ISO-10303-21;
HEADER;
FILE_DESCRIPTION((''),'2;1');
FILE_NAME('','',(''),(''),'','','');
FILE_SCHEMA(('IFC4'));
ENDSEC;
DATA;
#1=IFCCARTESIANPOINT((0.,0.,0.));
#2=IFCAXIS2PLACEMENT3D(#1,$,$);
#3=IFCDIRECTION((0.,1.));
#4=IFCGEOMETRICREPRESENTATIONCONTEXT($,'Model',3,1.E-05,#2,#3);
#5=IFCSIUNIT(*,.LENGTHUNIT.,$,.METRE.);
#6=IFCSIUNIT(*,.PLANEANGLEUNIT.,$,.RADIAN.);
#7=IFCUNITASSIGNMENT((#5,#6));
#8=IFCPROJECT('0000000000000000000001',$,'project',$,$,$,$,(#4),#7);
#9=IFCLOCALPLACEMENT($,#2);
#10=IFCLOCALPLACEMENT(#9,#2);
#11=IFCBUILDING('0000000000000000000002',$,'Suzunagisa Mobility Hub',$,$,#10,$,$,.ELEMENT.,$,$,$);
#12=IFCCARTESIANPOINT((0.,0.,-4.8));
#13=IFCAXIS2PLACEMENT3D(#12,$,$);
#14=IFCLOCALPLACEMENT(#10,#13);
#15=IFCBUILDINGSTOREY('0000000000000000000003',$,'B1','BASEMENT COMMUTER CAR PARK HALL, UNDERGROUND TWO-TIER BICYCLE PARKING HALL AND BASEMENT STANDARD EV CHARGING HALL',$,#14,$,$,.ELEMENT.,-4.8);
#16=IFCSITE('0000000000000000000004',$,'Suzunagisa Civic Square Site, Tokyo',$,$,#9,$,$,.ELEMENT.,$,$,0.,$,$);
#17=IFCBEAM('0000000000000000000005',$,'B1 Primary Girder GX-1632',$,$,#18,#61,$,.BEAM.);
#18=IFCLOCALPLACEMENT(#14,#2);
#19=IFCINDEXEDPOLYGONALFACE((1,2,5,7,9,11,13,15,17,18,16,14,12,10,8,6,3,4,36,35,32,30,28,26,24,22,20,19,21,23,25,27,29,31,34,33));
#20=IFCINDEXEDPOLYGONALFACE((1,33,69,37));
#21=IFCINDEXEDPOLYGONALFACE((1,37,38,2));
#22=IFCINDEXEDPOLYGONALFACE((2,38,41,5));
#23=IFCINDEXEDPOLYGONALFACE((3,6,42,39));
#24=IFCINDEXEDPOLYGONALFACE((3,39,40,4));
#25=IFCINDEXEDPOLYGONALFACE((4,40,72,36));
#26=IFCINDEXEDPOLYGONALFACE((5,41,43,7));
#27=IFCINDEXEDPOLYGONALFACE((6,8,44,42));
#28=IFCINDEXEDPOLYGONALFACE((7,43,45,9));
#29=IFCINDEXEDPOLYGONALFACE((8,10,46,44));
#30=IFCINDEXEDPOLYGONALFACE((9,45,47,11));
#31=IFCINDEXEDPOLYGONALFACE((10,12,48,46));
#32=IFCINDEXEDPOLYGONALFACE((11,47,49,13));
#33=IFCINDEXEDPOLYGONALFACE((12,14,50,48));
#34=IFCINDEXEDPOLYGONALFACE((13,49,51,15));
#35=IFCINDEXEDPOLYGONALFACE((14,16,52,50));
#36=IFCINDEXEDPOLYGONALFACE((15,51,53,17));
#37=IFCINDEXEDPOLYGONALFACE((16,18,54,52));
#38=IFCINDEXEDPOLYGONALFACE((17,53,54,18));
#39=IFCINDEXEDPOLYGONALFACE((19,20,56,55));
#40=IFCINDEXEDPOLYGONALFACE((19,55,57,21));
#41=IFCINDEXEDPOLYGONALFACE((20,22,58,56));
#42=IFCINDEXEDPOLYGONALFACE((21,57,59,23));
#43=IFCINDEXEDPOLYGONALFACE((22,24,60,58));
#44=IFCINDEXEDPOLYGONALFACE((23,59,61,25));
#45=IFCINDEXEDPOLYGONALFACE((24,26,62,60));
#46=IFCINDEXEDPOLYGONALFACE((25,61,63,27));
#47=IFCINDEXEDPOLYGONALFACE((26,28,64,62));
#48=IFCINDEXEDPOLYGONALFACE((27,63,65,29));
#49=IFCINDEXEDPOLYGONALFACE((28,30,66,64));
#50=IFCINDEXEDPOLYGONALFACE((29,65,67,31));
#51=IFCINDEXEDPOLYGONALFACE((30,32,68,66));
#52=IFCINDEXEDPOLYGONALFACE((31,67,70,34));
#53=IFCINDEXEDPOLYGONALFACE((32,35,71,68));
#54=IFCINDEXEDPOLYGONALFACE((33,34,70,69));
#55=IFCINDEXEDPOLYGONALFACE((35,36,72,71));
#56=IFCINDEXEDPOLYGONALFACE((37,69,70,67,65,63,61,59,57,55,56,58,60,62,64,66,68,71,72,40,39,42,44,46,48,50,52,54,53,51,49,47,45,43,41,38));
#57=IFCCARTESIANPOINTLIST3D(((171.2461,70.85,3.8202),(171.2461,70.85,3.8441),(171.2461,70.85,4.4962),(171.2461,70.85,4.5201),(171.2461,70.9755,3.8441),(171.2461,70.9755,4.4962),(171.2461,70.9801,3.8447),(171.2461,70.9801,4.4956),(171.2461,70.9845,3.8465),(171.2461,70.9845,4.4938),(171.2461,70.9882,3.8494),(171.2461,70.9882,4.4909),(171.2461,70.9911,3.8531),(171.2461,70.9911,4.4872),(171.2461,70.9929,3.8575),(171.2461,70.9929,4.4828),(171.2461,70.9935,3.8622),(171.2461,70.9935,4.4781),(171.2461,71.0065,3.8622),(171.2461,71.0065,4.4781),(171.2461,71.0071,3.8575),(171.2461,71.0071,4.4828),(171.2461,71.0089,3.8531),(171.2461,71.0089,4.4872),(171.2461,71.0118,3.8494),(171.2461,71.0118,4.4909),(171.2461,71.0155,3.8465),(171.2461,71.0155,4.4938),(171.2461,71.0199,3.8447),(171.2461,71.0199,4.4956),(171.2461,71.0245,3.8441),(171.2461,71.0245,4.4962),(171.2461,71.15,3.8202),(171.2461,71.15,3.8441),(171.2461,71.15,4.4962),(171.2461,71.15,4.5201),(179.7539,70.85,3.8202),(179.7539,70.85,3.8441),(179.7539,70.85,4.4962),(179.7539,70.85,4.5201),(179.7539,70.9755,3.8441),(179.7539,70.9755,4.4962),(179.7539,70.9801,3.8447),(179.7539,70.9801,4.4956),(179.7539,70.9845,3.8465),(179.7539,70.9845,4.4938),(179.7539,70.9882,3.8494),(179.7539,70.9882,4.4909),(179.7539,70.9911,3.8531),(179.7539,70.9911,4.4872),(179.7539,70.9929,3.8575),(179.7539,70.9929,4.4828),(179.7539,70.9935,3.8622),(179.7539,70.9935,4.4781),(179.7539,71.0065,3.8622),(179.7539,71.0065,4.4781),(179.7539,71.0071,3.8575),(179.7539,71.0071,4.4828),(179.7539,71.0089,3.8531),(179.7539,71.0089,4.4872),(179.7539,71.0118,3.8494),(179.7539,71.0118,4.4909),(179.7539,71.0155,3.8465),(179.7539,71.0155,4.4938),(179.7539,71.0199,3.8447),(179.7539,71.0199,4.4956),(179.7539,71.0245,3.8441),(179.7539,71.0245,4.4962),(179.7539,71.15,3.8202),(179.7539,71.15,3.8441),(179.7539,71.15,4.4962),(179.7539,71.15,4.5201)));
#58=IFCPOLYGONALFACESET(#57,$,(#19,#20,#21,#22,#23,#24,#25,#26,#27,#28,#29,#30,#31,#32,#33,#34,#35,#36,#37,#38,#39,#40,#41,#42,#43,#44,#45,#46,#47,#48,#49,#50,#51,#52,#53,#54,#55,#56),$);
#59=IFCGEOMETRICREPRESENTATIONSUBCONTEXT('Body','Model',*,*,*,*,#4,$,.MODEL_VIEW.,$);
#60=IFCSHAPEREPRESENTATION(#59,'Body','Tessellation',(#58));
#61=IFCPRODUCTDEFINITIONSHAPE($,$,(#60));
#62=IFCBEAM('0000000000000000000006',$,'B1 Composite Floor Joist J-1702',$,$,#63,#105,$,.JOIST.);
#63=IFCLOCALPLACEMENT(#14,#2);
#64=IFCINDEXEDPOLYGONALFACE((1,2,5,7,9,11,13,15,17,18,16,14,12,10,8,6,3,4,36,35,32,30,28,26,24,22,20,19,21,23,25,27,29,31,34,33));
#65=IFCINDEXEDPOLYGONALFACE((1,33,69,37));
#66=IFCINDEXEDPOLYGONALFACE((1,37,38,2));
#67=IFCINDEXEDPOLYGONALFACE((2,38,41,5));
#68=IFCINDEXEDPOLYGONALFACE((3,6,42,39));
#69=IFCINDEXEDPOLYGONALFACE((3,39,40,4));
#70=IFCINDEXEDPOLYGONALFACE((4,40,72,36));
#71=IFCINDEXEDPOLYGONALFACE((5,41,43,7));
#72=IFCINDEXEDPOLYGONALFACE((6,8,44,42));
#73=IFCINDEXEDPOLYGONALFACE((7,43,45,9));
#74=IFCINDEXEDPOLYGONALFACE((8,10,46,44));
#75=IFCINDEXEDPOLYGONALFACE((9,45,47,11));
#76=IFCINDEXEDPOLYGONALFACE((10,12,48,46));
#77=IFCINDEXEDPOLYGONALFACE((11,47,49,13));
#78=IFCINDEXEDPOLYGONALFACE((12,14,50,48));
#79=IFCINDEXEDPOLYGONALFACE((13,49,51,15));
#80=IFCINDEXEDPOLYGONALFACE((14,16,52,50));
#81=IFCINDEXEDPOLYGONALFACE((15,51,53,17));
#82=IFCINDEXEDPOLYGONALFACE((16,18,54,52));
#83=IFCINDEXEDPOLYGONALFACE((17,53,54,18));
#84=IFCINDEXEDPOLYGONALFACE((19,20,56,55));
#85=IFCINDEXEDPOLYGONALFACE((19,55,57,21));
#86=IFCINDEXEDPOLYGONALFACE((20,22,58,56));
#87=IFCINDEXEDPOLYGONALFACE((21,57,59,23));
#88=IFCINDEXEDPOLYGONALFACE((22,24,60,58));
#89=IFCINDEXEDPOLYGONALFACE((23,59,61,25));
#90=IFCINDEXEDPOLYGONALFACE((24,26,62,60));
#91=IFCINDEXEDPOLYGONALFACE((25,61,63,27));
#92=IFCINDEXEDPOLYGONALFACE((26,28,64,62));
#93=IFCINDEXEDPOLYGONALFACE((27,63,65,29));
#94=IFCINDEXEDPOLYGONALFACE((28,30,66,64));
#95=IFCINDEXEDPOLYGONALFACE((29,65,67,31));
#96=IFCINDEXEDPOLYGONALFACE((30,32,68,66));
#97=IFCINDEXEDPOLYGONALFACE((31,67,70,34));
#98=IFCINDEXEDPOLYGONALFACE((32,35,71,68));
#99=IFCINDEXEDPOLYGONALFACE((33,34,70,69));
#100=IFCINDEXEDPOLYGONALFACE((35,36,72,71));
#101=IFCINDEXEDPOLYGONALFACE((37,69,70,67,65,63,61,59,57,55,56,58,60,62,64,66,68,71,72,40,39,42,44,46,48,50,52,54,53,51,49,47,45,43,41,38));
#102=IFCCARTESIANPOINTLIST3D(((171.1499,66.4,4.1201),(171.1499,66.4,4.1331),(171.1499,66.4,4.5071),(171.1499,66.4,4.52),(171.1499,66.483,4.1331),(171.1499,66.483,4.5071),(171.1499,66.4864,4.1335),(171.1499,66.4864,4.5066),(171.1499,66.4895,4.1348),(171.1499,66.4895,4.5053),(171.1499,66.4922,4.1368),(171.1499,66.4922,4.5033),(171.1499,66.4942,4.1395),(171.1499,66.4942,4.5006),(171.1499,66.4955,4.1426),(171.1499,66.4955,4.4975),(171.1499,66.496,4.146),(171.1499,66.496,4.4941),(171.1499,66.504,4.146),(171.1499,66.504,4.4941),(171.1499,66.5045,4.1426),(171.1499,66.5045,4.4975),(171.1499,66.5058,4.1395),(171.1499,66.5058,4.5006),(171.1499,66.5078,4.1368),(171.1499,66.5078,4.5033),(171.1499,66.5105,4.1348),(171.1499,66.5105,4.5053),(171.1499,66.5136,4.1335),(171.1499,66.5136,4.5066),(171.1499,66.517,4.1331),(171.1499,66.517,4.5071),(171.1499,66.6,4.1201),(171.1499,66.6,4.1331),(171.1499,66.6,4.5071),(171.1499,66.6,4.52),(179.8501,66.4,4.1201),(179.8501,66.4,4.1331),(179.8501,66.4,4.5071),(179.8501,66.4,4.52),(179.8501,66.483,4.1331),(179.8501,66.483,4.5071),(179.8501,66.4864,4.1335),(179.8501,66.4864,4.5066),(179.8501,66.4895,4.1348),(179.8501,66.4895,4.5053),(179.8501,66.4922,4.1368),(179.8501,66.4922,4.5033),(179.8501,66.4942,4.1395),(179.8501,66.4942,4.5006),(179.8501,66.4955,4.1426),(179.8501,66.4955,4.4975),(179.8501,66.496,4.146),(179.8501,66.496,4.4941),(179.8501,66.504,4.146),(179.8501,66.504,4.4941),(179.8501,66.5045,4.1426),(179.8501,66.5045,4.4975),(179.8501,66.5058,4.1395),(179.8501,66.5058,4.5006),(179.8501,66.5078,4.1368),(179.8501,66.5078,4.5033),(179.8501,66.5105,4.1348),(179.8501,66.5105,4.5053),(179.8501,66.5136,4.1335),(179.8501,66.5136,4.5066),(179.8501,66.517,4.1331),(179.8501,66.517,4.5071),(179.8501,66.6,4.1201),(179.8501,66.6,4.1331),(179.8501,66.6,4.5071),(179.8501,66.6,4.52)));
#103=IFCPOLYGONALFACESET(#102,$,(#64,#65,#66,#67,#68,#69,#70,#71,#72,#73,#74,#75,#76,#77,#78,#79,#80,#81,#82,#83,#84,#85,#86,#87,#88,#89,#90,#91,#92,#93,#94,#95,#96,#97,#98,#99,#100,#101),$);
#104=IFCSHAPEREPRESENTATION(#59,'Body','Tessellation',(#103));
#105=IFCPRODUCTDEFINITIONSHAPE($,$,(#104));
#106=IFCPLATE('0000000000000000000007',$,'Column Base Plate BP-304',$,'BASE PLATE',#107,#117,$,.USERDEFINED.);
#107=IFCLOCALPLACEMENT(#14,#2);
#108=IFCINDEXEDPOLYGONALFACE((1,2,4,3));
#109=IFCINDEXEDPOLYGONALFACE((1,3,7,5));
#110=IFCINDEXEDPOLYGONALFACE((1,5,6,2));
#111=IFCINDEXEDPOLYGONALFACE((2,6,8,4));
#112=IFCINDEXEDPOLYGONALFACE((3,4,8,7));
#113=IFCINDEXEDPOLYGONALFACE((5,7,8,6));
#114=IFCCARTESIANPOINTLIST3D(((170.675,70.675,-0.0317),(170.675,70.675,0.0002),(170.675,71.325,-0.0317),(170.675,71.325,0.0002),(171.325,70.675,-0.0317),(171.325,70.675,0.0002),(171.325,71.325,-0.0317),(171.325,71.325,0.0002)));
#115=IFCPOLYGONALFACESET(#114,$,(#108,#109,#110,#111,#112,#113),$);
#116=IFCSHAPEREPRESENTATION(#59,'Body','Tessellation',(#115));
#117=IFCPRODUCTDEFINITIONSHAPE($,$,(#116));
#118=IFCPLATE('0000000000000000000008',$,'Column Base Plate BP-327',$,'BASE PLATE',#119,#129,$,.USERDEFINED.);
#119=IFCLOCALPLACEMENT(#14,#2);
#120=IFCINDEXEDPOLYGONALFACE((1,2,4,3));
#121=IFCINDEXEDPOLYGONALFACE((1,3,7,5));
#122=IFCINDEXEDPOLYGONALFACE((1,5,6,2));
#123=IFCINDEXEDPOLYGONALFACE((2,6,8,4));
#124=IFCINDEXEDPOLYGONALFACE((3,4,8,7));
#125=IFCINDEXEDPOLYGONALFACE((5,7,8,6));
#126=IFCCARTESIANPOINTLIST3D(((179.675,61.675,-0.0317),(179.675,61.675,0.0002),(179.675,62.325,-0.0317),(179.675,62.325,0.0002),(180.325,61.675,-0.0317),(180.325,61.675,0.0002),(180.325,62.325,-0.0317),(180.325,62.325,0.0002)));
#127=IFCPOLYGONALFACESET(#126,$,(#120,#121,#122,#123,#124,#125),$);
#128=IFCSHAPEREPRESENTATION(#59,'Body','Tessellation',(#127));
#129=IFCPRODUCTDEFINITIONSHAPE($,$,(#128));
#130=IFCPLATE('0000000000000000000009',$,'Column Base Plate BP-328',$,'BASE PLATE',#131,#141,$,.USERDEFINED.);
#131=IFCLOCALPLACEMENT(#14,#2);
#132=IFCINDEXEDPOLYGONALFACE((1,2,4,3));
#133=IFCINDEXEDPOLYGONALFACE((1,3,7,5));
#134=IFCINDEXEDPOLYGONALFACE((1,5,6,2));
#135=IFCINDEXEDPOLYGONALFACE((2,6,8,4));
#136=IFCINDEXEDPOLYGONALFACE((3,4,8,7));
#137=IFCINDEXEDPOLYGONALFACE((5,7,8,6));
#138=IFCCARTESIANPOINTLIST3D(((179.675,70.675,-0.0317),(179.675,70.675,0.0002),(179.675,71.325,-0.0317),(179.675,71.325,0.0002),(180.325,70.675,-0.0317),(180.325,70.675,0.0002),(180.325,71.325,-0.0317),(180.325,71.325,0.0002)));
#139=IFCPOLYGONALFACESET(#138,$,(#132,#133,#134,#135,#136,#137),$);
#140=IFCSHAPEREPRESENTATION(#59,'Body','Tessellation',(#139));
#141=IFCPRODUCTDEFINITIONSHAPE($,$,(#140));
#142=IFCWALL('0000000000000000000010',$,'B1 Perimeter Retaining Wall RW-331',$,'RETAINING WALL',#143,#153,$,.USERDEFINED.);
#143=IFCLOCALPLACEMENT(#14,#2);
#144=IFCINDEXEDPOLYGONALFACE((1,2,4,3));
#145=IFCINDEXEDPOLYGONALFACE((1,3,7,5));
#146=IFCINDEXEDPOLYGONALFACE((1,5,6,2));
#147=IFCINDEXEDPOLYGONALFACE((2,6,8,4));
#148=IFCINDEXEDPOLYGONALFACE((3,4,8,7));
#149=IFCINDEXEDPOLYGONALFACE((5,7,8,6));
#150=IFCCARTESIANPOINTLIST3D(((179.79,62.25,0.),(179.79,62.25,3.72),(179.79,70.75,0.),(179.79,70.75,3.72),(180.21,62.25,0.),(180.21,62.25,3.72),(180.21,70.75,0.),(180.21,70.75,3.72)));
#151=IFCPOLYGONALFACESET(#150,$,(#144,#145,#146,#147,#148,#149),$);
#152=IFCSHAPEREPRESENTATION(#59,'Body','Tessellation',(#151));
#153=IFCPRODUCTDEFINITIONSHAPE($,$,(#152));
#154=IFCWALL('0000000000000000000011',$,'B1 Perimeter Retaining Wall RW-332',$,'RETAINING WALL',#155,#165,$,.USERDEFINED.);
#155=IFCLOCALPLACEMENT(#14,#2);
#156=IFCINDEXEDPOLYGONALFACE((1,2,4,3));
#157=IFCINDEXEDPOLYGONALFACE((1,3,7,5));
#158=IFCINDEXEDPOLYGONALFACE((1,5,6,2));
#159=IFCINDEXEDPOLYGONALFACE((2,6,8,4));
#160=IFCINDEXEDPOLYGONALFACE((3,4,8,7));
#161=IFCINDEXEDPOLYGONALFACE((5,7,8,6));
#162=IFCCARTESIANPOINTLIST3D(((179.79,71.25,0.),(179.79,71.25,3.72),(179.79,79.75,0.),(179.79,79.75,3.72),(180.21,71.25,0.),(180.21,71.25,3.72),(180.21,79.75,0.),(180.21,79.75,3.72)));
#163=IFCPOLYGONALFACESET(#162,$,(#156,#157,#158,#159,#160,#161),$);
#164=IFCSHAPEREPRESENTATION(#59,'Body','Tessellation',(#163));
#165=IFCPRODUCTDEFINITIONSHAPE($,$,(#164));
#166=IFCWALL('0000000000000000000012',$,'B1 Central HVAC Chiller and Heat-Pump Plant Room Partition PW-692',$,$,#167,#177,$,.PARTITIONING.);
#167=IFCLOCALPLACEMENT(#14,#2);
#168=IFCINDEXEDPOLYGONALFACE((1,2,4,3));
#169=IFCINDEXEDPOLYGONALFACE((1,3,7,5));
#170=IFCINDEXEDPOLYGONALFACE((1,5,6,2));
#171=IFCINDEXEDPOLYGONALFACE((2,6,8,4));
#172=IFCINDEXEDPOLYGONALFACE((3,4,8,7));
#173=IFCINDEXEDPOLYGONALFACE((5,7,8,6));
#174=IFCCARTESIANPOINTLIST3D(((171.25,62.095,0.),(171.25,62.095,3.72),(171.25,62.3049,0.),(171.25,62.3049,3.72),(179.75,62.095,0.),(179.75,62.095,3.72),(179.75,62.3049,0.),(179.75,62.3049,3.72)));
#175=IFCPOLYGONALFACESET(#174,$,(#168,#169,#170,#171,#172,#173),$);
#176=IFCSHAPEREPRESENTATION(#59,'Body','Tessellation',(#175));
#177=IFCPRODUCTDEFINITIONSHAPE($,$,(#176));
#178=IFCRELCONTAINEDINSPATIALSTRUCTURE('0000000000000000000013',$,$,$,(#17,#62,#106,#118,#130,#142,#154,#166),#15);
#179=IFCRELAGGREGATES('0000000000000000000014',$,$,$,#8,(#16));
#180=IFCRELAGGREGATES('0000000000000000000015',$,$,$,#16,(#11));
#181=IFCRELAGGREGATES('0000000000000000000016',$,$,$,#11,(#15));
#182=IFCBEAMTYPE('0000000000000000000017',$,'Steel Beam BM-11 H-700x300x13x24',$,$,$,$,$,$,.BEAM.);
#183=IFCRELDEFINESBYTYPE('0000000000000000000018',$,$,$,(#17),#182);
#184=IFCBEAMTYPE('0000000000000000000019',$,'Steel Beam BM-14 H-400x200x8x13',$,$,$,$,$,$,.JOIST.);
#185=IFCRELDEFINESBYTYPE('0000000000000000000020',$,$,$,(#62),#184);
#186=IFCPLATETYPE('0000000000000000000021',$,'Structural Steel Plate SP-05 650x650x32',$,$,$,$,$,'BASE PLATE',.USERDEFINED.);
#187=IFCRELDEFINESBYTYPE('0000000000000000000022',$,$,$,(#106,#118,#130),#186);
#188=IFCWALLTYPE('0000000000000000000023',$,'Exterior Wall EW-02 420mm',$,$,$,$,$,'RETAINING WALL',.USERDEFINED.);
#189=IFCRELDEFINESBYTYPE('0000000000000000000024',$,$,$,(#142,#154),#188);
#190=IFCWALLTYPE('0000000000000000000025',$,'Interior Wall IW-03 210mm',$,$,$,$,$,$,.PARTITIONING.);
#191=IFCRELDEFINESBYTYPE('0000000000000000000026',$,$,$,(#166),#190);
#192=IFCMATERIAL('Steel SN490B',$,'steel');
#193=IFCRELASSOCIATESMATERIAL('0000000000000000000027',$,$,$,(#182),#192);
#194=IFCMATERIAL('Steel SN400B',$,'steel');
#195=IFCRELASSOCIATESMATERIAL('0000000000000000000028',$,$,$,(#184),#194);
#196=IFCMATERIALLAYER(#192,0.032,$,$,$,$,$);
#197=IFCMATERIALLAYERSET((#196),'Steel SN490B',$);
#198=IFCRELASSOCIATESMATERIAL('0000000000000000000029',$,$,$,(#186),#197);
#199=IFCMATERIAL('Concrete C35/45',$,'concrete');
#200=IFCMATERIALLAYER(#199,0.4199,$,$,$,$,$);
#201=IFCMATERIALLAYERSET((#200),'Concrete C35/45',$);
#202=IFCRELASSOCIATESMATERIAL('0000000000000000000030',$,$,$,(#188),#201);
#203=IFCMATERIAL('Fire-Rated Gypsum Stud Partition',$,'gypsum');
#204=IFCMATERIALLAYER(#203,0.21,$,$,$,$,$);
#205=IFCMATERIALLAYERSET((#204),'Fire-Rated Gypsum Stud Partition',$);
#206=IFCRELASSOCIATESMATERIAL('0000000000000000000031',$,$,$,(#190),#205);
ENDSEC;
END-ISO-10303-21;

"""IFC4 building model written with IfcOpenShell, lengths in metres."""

from ifc_helpers import new_model, si_unit, direction, frame, frame_2d, origin, origin_2d, place, context, subcontext, project, spatial, rectangle, i_section, extrude, material, layer, layer_set, material_profile, profile_set, type_object, element, save


model = new_model("IFC4")

# Units and contexts
model_context = context("Model", 3, precision=1e-05, world=origin(), true_north=direction((0.0, 1.0)))
body_context = subcontext(model_context, "Body", "Model", "MODEL_VIEW")
ifc_project = project(units=[si_unit("LENGTHUNIT", "METRE"), si_unit("PLANEANGLEUNIT", "RADIAN")], contexts=[model_context])

# Site, building, storey
site_placement = place(None, origin())
site = spatial("IfcSite", under=ifc_project, at=site_placement, Name="Suzunagisa Civic Square Site, Tokyo", CompositionType="ELEMENT", RefElevation=0.0)
building_placement = place(site_placement, origin())
building = spatial("IfcBuilding", under=site, at=building_placement, Name="Suzunagisa Mobility Hub", CompositionType="ELEMENT")
storey_placement = place(building_placement, frame((0.0, 0.0, -4.8)))
storey = spatial("IfcBuildingStorey", under=building, at=storey_placement, Name="B1", Description="BASEMENT COMMUTER CAR PARK HALL, UNDERGROUND TWO-TIER BICYCLE PARKING HALL AND BASEMENT STANDARD EV CHARGING HALL", CompositionType="ELEMENT", Elevation=-4.8)

# Shared definitions
ifc_material_1 = material(Name="Concrete C35/45", Category="concrete")

# Shared definitions
ifc_material_2 = material(Name="Steel SN490B", Category="steel")

# Beams
ifc_material_profile_1 = material_profile(ifc_material_2, i_section(OverallWidth=0.3, OverallDepth=0.7, WebThickness=0.0129, FlangeThickness=0.0239, FilletRadius=0.0181, at=origin_2d()), Name="H-700x300x13x24")
ifc_profile_set_1 = profile_set([ifc_material_profile_1], Name="Steel SN490B")
beam_type_1 = type_object("IfcBeamType", Name="Steel Beam BM-11 H-700x300x13x24", PredefinedType="BEAM", material=ifc_profile_set_1)
beam_1_placement = place(storey_placement, frame((171.2461, 71.0, 4.1702), z_axis=(1.0, 0.0, 0.0), x_axis=(0.0, 1.0, 0.0)))
element("IfcBeam", 1, at=beam_1_placement, inside=storey, type_object=beam_type_1, Name="B1 Primary Girder GX-1632", PredefinedType="BEAM", context=body_context, shape_type="SweptSolid", body=[
    extrude(i_section(OverallWidth=0.3, OverallDepth=0.7, WebThickness=0.0129, FlangeThickness=0.0239, FilletRadius=0.0181, at=origin_2d()), origin(), (0.0, 0.0, 1.0), 8.5078),
])
ifc_material_3 = material(Name="Steel SN400B", Category="steel")
ifc_material_profile_2 = material_profile(ifc_material_3, i_section(OverallWidth=0.2, OverallDepth=0.3999, WebThickness=0.0081, FlangeThickness=0.0129, FilletRadius=0.0129, at=origin_2d()), Name="H-400x200x8x13")
ifc_profile_set_2 = profile_set([ifc_material_profile_2], Name="Steel SN400B")
beam_type_2 = type_object("IfcBeamType", Name="Steel Beam BM-14 H-400x200x8x13", PredefinedType="JOIST", material=ifc_profile_set_2)
beam_2_placement = place(storey_placement, frame((171.1499, 66.5, 4.3201), z_axis=(1.0, 0.0, 0.0), x_axis=(0.0, 1.0, 0.0)))
element("IfcBeam", 2, at=beam_2_placement, inside=storey, type_object=beam_type_2, Name="B1 Composite Floor Joist J-1702", PredefinedType="JOIST", context=body_context, shape_type="SweptSolid", body=[
    extrude(i_section(OverallWidth=0.2, OverallDepth=0.3999, WebThickness=0.0081, FlangeThickness=0.0129, FilletRadius=0.0129, at=origin_2d()), origin(), (0.0, 0.0, 1.0), 8.7002),
])

# Plates
ifc_layer_1 = layer(ifc_material_2, 0.032)
ifc_layer_set_1 = layer_set([ifc_layer_1], Name="Steel SN490B")
plate_type = type_object("IfcPlateType", Name="Structural Steel Plate SP-05 650x650x32", ElementType="BASE PLATE", PredefinedType="USERDEFINED", material=ifc_layer_set_1)
for number, where, z_axis, x_axis, name in (
    (3, (171.0, 71.0, -0.0317), (0.0, 0.0, 1.0), (1.0, 0.0, 0.0), "Column Base Plate BP-304"),
    (4, (180.0, 62.0, -0.0317), (0.0, 0.0, 1.0), (1.0, 0.0, 0.0), "Column Base Plate BP-327"),
    (5, (180.0, 71.0, -0.0317), (0.0, 0.0, 1.0), (1.0, 0.0, 0.0), "Column Base Plate BP-328"),
):
    element("IfcPlate", number, at=place(storey_placement, frame(where, z_axis=z_axis, x_axis=x_axis)), inside=storey, type_object=plate_type, Name=name, ObjectType="BASE PLATE", PredefinedType="USERDEFINED", context=body_context, shape_type="SweptSolid", body=[
        extrude(rectangle(XDim=0.6499, YDim=0.6499, at=origin_2d()), origin(), (0.0, 0.0, 1.0), 0.032),
    ])

# Walls
ifc_layer_2 = layer(ifc_material_1, 0.4199)
ifc_layer_set_2 = layer_set([ifc_layer_2], Name="Concrete C35/45")
wall_type_1 = type_object("IfcWallType", Name="Exterior Wall EW-02 420mm", ElementType="RETAINING WALL", PredefinedType="USERDEFINED", material=ifc_layer_set_2)
for number, where, z_axis, x_axis, name in (
    (6, (180.0, 62.25, 0.0), (0.0, 0.0, 1.0), (0.0, 1.0, 0.0), "B1 Perimeter Retaining Wall RW-331"),
    (7, (180.0, 71.25, 0.0), (0.0, 0.0, 1.0), (0.0, 1.0, 0.0), "B1 Perimeter Retaining Wall RW-332"),
):
    element("IfcWall", number, at=place(storey_placement, frame(where, z_axis=z_axis, x_axis=x_axis)), inside=storey, type_object=wall_type_1, Name=name, ObjectType="RETAINING WALL", PredefinedType="USERDEFINED", context=body_context, shape_type="SweptSolid", body=[
        extrude(rectangle(XDim=8.5, YDim=0.4199, at=frame_2d((4.25, 0.0))), origin(), (0.0, 0.0, 1.0), 3.72),
    ])
ifc_material_4 = material(Name="Fire-Rated Gypsum Stud Partition", Category="gypsum")
ifc_layer_3 = layer(ifc_material_4, 0.21)
ifc_layer_set_3 = layer_set([ifc_layer_3], Name="Fire-Rated Gypsum Stud Partition")
wall_type_2 = type_object("IfcWallType", Name="Interior Wall IW-03 210mm", PredefinedType="PARTITIONING", material=ifc_layer_set_3)
wall_placement = place(storey_placement, frame((171.25, 62.2, 0.0), z_axis=(0.0, 0.0, 1.0), x_axis=(1.0, 0.0, 0.0)))
element("IfcWall", 8, at=wall_placement, inside=storey, type_object=wall_type_2, Name="B1 Central HVAC Chiller and Heat-Pump Plant Room Partition PW-692", PredefinedType="PARTITIONING", context=body_context, shape_type="SweptSolid", body=[
    extrude(rectangle(XDim=8.5, YDim=0.21, at=frame_2d((4.25, 0.0))), origin(), (0.0, 0.0, 1.0), 3.72),
])

save(model, "model.ifc")
